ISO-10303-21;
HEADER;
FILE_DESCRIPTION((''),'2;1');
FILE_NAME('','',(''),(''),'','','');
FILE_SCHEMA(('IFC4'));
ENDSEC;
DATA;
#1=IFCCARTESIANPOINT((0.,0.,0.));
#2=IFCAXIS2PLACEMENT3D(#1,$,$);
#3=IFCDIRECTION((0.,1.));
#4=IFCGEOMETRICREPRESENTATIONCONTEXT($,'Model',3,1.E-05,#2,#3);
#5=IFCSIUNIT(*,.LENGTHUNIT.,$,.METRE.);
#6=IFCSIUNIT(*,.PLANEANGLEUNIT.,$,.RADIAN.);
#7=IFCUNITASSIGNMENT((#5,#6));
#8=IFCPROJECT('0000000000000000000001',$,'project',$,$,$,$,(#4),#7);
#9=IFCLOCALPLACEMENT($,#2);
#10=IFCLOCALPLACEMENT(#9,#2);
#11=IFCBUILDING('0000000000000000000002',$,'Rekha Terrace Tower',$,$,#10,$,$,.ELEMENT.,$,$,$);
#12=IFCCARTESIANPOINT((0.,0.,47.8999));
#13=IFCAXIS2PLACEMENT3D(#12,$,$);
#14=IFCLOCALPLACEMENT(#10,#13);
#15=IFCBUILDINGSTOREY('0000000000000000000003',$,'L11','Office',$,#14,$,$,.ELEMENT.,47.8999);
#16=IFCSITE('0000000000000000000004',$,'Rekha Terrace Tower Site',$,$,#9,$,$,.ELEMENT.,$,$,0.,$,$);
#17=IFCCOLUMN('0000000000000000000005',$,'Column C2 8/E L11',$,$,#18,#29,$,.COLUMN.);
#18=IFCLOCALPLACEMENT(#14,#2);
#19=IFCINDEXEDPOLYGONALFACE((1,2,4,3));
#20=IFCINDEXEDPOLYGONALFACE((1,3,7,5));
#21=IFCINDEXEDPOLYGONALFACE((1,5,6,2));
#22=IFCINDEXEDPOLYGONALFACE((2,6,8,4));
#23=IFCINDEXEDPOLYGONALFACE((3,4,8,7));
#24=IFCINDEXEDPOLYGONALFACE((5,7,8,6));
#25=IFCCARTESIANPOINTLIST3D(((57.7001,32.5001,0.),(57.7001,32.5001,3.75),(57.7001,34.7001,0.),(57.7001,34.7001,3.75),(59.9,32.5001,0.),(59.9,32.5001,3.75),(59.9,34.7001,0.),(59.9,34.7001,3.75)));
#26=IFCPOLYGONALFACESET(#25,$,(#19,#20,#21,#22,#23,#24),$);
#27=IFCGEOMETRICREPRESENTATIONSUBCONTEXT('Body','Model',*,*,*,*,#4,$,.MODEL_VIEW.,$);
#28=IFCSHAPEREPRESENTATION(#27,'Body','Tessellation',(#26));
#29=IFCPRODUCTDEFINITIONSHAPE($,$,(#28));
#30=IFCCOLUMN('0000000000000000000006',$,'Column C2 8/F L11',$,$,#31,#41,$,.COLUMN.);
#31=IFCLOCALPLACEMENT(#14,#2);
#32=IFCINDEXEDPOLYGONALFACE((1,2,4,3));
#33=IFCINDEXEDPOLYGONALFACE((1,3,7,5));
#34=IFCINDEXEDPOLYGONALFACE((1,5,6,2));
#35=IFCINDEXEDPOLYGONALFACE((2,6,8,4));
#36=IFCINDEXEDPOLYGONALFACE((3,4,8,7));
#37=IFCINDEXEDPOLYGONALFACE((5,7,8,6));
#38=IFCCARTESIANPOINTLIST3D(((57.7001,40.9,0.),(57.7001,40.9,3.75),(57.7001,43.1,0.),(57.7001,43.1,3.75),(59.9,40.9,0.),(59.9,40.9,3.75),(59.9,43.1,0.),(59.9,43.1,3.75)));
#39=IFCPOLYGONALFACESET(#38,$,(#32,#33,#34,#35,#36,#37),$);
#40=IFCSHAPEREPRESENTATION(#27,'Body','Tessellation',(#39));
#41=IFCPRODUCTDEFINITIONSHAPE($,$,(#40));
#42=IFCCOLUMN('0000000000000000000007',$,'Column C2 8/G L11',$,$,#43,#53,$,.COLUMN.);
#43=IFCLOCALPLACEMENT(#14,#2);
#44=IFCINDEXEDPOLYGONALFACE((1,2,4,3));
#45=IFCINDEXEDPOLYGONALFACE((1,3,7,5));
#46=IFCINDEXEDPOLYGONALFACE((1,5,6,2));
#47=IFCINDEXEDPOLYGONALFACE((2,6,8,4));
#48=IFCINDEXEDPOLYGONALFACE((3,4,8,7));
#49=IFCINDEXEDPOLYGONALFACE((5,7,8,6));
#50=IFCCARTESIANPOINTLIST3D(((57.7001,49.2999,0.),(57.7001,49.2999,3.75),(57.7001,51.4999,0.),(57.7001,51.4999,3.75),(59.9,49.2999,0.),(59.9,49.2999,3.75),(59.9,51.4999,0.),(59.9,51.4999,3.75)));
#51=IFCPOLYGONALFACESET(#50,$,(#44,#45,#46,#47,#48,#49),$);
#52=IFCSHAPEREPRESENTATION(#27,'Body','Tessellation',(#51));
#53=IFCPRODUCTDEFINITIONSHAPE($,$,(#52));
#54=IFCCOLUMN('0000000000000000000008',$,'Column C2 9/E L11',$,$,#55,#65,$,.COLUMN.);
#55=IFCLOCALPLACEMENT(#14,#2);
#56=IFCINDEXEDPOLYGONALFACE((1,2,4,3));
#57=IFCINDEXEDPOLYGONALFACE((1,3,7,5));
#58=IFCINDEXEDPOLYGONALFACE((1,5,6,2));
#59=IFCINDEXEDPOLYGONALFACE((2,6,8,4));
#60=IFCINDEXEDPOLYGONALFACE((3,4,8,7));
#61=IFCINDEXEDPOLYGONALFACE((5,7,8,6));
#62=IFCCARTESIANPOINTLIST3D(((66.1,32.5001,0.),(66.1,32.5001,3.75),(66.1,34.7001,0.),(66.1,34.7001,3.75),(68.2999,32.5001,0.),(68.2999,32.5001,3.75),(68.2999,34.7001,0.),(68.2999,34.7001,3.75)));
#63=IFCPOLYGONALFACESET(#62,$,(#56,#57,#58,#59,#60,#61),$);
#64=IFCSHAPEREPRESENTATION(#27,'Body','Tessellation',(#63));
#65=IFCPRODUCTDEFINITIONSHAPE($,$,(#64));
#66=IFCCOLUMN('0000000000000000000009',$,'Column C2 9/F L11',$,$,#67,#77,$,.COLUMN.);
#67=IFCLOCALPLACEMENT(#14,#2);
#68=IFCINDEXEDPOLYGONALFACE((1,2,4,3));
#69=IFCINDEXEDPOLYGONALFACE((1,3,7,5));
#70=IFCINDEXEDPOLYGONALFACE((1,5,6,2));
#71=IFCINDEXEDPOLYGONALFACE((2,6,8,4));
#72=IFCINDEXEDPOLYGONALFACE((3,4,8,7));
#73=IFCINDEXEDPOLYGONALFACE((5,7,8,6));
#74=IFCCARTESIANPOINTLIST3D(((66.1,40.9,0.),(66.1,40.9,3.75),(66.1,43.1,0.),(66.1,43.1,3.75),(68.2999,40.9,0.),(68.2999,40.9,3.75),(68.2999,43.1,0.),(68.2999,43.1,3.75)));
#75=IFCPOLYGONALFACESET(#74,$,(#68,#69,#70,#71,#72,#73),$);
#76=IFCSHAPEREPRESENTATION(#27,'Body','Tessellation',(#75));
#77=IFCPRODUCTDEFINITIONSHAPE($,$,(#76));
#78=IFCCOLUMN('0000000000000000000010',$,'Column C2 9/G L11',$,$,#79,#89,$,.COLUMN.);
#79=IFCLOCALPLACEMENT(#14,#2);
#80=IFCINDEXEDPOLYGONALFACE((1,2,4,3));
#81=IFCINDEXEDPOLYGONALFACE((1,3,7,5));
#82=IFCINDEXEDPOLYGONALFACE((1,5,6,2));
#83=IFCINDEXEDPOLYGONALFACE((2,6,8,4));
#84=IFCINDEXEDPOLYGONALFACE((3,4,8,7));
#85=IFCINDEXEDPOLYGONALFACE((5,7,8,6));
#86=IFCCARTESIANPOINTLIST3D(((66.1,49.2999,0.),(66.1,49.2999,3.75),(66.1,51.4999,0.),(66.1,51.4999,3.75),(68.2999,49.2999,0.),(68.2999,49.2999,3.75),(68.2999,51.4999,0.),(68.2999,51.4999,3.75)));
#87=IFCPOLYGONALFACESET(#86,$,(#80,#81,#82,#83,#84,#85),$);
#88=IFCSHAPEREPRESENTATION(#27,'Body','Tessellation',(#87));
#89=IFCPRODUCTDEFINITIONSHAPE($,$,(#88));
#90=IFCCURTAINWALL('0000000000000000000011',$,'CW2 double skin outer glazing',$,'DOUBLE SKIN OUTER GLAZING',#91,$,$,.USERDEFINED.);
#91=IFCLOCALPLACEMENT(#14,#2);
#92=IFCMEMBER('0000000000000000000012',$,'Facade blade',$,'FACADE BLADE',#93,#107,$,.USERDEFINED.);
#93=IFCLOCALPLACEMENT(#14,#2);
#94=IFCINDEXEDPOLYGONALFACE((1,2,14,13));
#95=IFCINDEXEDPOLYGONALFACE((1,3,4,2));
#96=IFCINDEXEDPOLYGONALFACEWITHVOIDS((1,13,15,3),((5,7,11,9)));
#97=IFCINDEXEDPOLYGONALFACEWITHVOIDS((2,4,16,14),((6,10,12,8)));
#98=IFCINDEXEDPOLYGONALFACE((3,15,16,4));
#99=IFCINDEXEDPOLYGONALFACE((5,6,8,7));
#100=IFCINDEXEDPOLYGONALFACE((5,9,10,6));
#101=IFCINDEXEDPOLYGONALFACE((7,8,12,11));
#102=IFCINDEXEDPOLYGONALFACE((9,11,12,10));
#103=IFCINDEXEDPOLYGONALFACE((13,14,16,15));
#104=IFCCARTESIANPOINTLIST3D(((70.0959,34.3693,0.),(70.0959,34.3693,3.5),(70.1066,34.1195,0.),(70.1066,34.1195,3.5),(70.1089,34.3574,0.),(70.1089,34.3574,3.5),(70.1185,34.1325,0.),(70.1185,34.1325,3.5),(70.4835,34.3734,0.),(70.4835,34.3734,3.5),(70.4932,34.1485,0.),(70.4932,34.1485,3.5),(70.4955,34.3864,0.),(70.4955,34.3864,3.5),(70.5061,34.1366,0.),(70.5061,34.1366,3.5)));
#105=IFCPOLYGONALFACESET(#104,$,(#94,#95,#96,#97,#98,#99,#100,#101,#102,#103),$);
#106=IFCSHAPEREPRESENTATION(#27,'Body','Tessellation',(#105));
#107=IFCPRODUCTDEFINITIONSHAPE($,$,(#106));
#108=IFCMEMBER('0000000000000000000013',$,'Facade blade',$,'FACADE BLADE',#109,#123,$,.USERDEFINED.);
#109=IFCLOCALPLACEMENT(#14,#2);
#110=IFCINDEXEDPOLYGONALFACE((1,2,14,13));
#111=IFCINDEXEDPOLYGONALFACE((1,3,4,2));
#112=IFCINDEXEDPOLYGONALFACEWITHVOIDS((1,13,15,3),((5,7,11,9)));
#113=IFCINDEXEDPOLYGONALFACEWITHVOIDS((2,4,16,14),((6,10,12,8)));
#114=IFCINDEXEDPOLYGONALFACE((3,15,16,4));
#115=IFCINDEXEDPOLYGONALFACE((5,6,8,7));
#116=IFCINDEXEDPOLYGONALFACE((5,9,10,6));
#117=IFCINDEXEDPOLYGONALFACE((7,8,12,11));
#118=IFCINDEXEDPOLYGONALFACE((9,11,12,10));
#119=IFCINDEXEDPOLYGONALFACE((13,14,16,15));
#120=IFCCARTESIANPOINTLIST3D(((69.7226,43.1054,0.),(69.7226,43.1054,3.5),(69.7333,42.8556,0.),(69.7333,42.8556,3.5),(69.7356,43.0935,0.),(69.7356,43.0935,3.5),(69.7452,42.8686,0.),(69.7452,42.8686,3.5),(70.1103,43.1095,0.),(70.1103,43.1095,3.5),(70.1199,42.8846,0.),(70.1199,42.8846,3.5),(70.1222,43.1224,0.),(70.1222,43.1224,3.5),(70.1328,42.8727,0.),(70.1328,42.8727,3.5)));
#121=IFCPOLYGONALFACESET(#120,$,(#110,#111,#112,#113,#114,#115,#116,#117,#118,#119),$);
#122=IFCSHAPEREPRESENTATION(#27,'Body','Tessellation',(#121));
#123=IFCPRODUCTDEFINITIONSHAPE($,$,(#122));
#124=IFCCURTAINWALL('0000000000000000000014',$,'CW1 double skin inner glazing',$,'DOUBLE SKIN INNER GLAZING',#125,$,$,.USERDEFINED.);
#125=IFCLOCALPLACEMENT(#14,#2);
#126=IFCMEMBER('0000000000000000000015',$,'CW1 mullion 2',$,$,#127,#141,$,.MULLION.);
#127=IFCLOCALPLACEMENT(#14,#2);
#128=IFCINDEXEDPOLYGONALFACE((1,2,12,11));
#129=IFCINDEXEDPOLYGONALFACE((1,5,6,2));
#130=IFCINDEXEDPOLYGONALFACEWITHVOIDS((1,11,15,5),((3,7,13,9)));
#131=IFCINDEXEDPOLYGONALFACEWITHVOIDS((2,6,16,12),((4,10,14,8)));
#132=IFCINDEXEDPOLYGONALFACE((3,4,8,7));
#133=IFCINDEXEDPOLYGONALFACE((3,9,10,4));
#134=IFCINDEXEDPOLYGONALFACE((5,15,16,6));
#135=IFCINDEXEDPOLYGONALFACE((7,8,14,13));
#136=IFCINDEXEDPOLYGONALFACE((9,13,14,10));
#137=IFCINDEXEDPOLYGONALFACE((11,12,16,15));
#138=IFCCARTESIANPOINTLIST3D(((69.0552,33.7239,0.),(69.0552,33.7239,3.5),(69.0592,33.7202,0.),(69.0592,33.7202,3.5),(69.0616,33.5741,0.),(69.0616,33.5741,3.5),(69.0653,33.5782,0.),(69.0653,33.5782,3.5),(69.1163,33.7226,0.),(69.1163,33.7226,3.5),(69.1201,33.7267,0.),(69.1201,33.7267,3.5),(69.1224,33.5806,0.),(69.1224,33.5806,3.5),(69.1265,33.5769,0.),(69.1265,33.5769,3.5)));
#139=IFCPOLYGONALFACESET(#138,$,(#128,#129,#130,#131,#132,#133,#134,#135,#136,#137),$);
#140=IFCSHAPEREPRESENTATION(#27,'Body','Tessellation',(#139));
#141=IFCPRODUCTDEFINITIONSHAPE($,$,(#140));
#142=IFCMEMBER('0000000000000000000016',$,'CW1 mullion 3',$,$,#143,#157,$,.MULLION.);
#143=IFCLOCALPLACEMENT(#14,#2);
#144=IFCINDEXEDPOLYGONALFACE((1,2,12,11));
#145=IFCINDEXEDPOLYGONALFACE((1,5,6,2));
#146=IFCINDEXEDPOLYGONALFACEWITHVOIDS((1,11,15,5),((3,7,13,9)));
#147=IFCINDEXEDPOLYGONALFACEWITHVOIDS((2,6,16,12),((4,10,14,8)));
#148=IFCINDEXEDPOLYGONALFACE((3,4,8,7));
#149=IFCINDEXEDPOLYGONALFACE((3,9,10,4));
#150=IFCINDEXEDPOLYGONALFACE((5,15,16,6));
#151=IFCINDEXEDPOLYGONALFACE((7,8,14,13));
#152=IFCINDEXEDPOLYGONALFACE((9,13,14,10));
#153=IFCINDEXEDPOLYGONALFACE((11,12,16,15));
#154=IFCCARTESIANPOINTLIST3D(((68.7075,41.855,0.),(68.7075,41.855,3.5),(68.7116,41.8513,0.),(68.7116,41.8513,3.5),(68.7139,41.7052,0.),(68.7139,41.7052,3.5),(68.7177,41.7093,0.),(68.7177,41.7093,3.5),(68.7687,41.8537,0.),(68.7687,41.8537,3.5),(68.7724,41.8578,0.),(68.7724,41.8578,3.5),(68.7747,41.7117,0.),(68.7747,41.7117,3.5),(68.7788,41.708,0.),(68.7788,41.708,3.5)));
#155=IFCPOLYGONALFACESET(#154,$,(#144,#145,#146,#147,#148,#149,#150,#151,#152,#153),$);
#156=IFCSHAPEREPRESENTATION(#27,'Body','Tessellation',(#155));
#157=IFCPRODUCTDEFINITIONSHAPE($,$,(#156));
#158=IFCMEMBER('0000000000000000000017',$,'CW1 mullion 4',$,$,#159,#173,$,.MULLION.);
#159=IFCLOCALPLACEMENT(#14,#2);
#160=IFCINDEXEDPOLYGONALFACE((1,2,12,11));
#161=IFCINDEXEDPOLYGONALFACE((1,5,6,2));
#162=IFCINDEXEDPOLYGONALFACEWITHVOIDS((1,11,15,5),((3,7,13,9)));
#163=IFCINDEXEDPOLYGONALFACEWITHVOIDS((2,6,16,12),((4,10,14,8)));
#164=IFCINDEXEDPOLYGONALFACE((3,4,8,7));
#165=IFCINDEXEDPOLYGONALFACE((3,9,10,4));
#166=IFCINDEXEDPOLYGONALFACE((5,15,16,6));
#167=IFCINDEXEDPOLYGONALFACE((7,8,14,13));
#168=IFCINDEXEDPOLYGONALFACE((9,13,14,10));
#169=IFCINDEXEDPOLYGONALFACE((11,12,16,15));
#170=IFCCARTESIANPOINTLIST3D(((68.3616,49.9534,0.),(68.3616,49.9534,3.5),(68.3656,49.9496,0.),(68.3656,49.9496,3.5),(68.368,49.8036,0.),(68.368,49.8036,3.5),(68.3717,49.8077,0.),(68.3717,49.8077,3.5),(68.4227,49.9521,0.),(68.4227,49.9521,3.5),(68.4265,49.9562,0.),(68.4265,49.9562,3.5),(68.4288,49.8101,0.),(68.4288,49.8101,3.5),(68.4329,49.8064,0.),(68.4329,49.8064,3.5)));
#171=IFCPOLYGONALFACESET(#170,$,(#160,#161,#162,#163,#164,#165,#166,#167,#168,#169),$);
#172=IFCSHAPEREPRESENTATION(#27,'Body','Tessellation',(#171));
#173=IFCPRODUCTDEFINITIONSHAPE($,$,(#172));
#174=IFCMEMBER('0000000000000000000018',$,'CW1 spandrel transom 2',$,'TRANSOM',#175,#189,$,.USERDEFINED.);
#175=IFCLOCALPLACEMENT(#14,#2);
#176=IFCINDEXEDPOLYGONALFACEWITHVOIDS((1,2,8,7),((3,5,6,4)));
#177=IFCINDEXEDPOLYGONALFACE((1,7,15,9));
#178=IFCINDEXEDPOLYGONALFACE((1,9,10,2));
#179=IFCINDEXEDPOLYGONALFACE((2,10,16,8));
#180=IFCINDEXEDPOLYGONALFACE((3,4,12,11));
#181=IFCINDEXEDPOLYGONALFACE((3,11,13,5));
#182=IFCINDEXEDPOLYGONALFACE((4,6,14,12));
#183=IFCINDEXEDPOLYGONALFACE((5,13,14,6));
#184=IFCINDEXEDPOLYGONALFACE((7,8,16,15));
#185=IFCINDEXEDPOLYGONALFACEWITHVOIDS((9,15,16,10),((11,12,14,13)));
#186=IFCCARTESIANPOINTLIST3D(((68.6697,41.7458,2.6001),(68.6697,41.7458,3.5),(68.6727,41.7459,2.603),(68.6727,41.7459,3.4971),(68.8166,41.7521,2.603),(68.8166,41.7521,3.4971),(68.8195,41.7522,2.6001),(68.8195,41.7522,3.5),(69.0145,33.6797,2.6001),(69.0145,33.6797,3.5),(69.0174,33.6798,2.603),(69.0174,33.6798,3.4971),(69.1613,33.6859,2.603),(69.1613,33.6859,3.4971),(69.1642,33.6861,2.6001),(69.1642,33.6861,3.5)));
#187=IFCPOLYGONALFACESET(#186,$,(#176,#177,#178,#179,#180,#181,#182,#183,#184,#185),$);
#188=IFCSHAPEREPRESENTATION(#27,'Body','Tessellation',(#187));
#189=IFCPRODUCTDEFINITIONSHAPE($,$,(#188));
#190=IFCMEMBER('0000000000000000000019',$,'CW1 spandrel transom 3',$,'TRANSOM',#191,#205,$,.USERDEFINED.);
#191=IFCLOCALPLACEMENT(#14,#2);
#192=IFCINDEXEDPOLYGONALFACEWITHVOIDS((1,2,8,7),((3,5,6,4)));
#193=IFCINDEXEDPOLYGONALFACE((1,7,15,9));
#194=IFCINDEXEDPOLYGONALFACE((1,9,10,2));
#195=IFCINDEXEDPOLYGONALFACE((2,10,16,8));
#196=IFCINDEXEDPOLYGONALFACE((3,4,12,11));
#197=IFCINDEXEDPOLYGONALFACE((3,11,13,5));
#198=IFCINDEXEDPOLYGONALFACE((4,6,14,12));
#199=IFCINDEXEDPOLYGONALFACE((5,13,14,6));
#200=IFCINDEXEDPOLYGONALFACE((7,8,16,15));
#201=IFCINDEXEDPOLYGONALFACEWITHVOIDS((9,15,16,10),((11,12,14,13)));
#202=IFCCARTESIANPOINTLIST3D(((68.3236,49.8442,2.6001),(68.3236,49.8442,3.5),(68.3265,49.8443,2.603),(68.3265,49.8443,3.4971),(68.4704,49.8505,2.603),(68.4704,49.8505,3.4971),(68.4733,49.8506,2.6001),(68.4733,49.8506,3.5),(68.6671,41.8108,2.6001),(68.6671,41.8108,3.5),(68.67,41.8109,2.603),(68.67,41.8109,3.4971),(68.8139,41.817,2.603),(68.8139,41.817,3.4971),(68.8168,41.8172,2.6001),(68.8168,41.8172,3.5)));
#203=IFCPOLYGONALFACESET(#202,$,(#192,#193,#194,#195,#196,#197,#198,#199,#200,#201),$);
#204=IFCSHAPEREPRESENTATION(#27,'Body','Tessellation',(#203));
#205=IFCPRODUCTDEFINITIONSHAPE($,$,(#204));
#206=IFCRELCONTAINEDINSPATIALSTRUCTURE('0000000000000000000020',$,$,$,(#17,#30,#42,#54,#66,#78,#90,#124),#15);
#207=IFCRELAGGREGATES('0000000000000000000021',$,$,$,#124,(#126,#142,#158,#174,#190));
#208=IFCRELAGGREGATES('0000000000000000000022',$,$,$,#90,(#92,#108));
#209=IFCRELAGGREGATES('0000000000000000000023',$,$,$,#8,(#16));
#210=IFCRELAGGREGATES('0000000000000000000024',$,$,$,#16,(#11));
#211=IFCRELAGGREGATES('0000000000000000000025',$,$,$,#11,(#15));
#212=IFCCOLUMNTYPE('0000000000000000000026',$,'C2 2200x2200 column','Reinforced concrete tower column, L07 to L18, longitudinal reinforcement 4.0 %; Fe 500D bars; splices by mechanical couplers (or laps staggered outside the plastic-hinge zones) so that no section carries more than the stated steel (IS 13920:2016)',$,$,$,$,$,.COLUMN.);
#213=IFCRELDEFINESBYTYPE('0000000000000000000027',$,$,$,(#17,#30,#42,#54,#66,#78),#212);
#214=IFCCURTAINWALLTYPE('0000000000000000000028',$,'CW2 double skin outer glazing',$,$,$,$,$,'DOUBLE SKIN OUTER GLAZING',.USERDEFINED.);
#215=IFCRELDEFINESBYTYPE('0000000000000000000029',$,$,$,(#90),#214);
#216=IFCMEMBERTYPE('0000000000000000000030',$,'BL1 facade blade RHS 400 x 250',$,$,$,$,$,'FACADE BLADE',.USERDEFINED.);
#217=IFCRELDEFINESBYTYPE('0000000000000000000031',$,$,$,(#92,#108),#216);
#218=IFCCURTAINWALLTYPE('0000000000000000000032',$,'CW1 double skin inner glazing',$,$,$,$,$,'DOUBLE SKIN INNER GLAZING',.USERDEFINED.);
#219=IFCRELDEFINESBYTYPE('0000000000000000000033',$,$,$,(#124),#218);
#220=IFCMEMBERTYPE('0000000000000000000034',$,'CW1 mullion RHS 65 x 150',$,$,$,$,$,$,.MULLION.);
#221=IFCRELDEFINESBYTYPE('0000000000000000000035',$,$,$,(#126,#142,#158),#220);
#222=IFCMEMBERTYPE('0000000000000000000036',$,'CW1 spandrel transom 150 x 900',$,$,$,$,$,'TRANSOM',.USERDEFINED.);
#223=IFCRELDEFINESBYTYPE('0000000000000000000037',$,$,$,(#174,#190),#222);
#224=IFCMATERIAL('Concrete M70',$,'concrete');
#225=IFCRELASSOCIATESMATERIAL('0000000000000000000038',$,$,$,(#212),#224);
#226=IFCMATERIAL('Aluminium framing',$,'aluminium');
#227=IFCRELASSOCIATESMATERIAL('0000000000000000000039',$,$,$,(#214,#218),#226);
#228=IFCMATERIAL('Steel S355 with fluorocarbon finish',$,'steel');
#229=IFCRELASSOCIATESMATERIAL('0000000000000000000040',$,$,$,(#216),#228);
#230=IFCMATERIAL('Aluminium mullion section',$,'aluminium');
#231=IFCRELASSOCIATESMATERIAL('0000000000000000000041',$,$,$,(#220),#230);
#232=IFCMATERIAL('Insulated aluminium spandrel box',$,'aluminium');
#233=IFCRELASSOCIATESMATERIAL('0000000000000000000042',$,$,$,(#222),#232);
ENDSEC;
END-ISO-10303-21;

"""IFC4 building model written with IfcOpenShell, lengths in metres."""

from ifc_helpers import new_model, si_unit, direction, frame, origin, origin_2d, place, context, subcontext, project, spatial, rectangle, hollow_rectangle, extrude, material, material_profile, profile_set, type_object, element, aggregate, save


model = new_model("IFC4")

# Units and contexts
model_context = context("Model", 3, precision=1e-05, world=origin(), true_north=direction((0.0, 1.0)))
body_context = subcontext(model_context, "Body", "Model", "MODEL_VIEW")
ifc_project = project(units=[si_unit("LENGTHUNIT", "METRE"), si_unit("PLANEANGLEUNIT", "RADIAN")], contexts=[model_context])

# Site, building, storey
site_placement = place(None, origin())
site = spatial("IfcSite", under=ifc_project, at=site_placement, Name="Rekha Terrace Tower Site", CompositionType="ELEMENT", RefElevation=0.0)
building_placement = place(site_placement, origin())
building = spatial("IfcBuilding", under=site, at=building_placement, Name="Rekha Terrace Tower", CompositionType="ELEMENT")
storey_placement = place(building_placement, frame((0.0, 0.0, 47.8999)))
storey = spatial("IfcBuildingStorey", under=building, at=storey_placement, Name="L11", Description="Office", CompositionType="ELEMENT", Elevation=47.8999)

# Columns
ifc_material_1 = material(Name="Concrete M70", Category="concrete")
ifc_material_profile_1 = material_profile(ifc_material_1, rectangle(XDim=2.2, YDim=2.2, at=origin_2d()), Name="RC 2200x2200")
ifc_profile_set_1 = profile_set([ifc_material_profile_1], Name="Concrete M70")
column_type = type_object("IfcColumnType", Name="C2 2200x2200 column", Description="Reinforced concrete tower column, L07 to L18, longitudinal reinforcement 4.0 %; Fe 500D bars; splices by mechanical couplers (or laps staggered outside the plastic-hinge zones) so that no section carries more than the stated steel (IS 13920:2016)", PredefinedType="COLUMN", material=ifc_profile_set_1)
for number, where, z_axis, x_axis, name in (
    (1, (58.8, 33.6001, 0.0), (0.0, 0.0, 1.0), (1.0, 0.0, 0.0), "Column C2 8/E L11"),
    (2, (58.8, 42.0, 0.0), (0.0, 0.0, 1.0), (1.0, 0.0, 0.0), "Column C2 8/F L11"),
    (3, (58.8, 50.3999, 0.0), (0.0, 0.0, 1.0), (1.0, 0.0, 0.0), "Column C2 8/G L11"),
    (4, (67.2, 33.6001, 0.0), (0.0, 0.0, 1.0), (1.0, 0.0, 0.0), "Column C2 9/E L11"),
    (5, (67.2, 42.0, 0.0), (0.0, 0.0, 1.0), (1.0, 0.0, 0.0), "Column C2 9/F L11"),
    (6, (67.2, 50.3999, 0.0), (0.0, 0.0, 1.0), (1.0, 0.0, 0.0), "Column C2 9/G L11"),
):
    element("IfcColumn", number, at=place(storey_placement, frame(where, z_axis=z_axis, x_axis=x_axis)), inside=storey, type_object=column_type, Name=name, PredefinedType="COLUMN", context=body_context, shape_type="SweptSolid", body=[
        extrude(rectangle(XDim=2.2, YDim=2.2, at=origin_2d()), origin(), (0.0, 0.0, 1.0), 3.75),
    ])

# Curtain walls, members
ifc_material_2 = material(Name="Aluminium framing", Category="aluminium")
curtain_wall_type_1 = type_object("IfcCurtainWallType", Name="CW2 double skin outer glazing", ElementType="DOUBLE SKIN OUTER GLAZING", PredefinedType="USERDEFINED", material=ifc_material_2)
curtain_wall_1_placement = place(storey_placement, origin())
curtain_wall_1 = element("IfcCurtainWall", 7, at=curtain_wall_1_placement, inside=storey, type_object=curtain_wall_type_1, Name="CW2 double skin outer glazing", ObjectType="DOUBLE SKIN OUTER GLAZING", PredefinedType="USERDEFINED")
ifc_material_3 = material(Name="Steel S355 with fluorocarbon finish", Category="steel")
ifc_material_profile_2 = material_profile(ifc_material_3, hollow_rectangle(XDim=0.25, YDim=0.3999, WallThickness=0.0125, at=origin_2d()), Name="RHS400x250x12.5")
ifc_profile_set_2 = profile_set([ifc_material_profile_2], Name="Steel S355 with fluorocarbon finish")
member_type_1 = type_object("IfcMemberType", Name="BL1 facade blade RHS 400 x 250", ElementType="FACADE BLADE", PredefinedType="USERDEFINED", material=ifc_profile_set_2)
member_1_placement = place(storey_placement, frame((70.301, 34.2529, 0.0), z_axis=(0.0, 0.0, 1.0), x_axis=(-0.042695, 0.999088, 0.0)))
member_1 = element("IfcMember", 8, at=member_1_placement, type_object=member_type_1, Name="Facade blade", ObjectType="FACADE BLADE", PredefinedType="USERDEFINED", context=body_context, shape_type="SweptSolid", body=[
    extrude(hollow_rectangle(XDim=0.25, YDim=0.3999, WallThickness=0.0125, at=origin_2d()), origin(), (0.0, 0.0, 1.0), 3.5),
])
member_2_placement = place(storey_placement, frame((69.9277, 42.989, 0.0), z_axis=(0.0, 0.0, 1.0), x_axis=(-0.042695, 0.999088, 0.0)))
member_2 = element("IfcMember", 9, at=member_2_placement, type_object=member_type_1, Name="Facade blade", ObjectType="FACADE BLADE", PredefinedType="USERDEFINED", context=body_context, shape_type="SweptSolid", body=[
    extrude(hollow_rectangle(XDim=0.25, YDim=0.3999, WallThickness=0.0125, at=origin_2d()), origin(), (0.0, 0.0, 1.0), 3.5),
])
curtain_wall_type_2 = type_object("IfcCurtainWallType", Name="CW1 double skin inner glazing", ElementType="DOUBLE SKIN INNER GLAZING", PredefinedType="USERDEFINED", material=ifc_material_2)
curtain_wall_2_placement = place(storey_placement, origin())
curtain_wall_2 = element("IfcCurtainWall", 10, at=curtain_wall_2_placement, inside=storey, type_object=curtain_wall_type_2, Name="CW1 double skin inner glazing", ObjectType="DOUBLE SKIN INNER GLAZING", PredefinedType="USERDEFINED")
ifc_material_4 = material(Name="Aluminium mullion section", Category="aluminium")
ifc_material_profile_3 = material_profile(ifc_material_4, hollow_rectangle(XDim=0.0649, YDim=0.1499, WallThickness=0.0039, at=origin_2d()), Name="AL RHS 65x150")
ifc_profile_set_3 = profile_set([ifc_material_profile_3], Name="Aluminium mullion section")
member_type_2 = type_object("IfcMemberType", Name="CW1 mullion RHS 65 x 150", PredefinedType="MULLION", material=ifc_profile_set_3)
member_3_placement = place(storey_placement, frame((69.0908, 33.6504, 0.0), z_axis=(0.0, 0.0, 1.0), x_axis=(-0.999088, -0.042696, 0.0)))
member_3 = element("IfcMember", 11, at=member_3_placement, type_object=member_type_2, Name="CW1 mullion 2", PredefinedType="MULLION", context=body_context, shape_type="SweptSolid", body=[
    extrude(hollow_rectangle(XDim=0.0649, YDim=0.1499, WallThickness=0.0039, at=origin_2d()), origin(), (0.0, 0.0, 1.0), 3.5),
])
member_4_placement = place(storey_placement, frame((68.7432, 41.7815, 0.0), z_axis=(0.0, 0.0, 1.0), x_axis=(-0.999088, -0.042696, 0.0)))
member_4 = element("IfcMember", 12, at=member_4_placement, type_object=member_type_2, Name="CW1 mullion 3", PredefinedType="MULLION", context=body_context, shape_type="SweptSolid", body=[
    extrude(hollow_rectangle(XDim=0.0649, YDim=0.1499, WallThickness=0.0039, at=origin_2d()), origin(), (0.0, 0.0, 1.0), 3.5),
])
member_5_placement = place(storey_placement, frame((68.3972, 49.8799, 0.0), z_axis=(0.0, 0.0, 1.0), x_axis=(-0.999088, -0.042696, 0.0)))
member_5 = element("IfcMember", 13, at=member_5_placement, type_object=member_type_2, Name="CW1 mullion 4", PredefinedType="MULLION", context=body_context, shape_type="SweptSolid", body=[
    extrude(hollow_rectangle(XDim=0.0649, YDim=0.1499, WallThickness=0.0039, at=origin_2d()), origin(), (0.0, 0.0, 1.0), 3.5),
])
ifc_material_5 = material(Name="Insulated aluminium spandrel box", Category="aluminium")
ifc_material_profile_4 = material_profile(ifc_material_5, hollow_rectangle(XDim=0.1499, YDim=0.8999, WallThickness=0.0029, at=origin_2d()), Name="AL SPANDREL BOX 150x900")
ifc_profile_set_4 = profile_set([ifc_material_profile_4], Name="Insulated aluminium spandrel box")
member_type_3 = type_object("IfcMemberType", Name="CW1 spandrel transom 150 x 900", ElementType="TRANSOM", PredefinedType="USERDEFINED", material=ifc_profile_set_4)
member_6_placement = place(storey_placement, frame((69.0894, 33.6829, 3.05), z_axis=(-0.042698, 0.999088, 0.0), x_axis=(-0.999088, -0.042698, 0.0)))
member_6 = element("IfcMember", 14, at=member_6_placement, type_object=member_type_3, Name="CW1 spandrel transom 2", ObjectType="TRANSOM", PredefinedType="USERDEFINED", context=body_context, shape_type="SweptSolid", body=[
    extrude(hollow_rectangle(XDim=0.1499, YDim=0.8999, WallThickness=0.0029, at=origin_2d()), origin(), (0.0, 0.0, 1.0), 8.0735),
])
member_7_placement = place(storey_placement, frame((68.7419, 41.814, 3.05), z_axis=(-0.04272, 0.999087, 0.0), x_axis=(-0.999087, -0.04272, 0.0)))
member_7 = element("IfcMember", 15, at=member_7_placement, type_object=member_type_3, Name="CW1 spandrel transom 3", ObjectType="TRANSOM", PredefinedType="USERDEFINED", context=body_context, shape_type="SweptSolid", body=[
    extrude(hollow_rectangle(XDim=0.1499, YDim=0.8999, WallThickness=0.0029, at=origin_2d()), origin(), (0.0, 0.0, 1.0), 8.0408),
])

aggregate(curtain_wall_2, [member_3, member_4, member_5, member_6, member_7])
aggregate(curtain_wall_1, [member_1, member_2])

save(model, "model.ifc")
